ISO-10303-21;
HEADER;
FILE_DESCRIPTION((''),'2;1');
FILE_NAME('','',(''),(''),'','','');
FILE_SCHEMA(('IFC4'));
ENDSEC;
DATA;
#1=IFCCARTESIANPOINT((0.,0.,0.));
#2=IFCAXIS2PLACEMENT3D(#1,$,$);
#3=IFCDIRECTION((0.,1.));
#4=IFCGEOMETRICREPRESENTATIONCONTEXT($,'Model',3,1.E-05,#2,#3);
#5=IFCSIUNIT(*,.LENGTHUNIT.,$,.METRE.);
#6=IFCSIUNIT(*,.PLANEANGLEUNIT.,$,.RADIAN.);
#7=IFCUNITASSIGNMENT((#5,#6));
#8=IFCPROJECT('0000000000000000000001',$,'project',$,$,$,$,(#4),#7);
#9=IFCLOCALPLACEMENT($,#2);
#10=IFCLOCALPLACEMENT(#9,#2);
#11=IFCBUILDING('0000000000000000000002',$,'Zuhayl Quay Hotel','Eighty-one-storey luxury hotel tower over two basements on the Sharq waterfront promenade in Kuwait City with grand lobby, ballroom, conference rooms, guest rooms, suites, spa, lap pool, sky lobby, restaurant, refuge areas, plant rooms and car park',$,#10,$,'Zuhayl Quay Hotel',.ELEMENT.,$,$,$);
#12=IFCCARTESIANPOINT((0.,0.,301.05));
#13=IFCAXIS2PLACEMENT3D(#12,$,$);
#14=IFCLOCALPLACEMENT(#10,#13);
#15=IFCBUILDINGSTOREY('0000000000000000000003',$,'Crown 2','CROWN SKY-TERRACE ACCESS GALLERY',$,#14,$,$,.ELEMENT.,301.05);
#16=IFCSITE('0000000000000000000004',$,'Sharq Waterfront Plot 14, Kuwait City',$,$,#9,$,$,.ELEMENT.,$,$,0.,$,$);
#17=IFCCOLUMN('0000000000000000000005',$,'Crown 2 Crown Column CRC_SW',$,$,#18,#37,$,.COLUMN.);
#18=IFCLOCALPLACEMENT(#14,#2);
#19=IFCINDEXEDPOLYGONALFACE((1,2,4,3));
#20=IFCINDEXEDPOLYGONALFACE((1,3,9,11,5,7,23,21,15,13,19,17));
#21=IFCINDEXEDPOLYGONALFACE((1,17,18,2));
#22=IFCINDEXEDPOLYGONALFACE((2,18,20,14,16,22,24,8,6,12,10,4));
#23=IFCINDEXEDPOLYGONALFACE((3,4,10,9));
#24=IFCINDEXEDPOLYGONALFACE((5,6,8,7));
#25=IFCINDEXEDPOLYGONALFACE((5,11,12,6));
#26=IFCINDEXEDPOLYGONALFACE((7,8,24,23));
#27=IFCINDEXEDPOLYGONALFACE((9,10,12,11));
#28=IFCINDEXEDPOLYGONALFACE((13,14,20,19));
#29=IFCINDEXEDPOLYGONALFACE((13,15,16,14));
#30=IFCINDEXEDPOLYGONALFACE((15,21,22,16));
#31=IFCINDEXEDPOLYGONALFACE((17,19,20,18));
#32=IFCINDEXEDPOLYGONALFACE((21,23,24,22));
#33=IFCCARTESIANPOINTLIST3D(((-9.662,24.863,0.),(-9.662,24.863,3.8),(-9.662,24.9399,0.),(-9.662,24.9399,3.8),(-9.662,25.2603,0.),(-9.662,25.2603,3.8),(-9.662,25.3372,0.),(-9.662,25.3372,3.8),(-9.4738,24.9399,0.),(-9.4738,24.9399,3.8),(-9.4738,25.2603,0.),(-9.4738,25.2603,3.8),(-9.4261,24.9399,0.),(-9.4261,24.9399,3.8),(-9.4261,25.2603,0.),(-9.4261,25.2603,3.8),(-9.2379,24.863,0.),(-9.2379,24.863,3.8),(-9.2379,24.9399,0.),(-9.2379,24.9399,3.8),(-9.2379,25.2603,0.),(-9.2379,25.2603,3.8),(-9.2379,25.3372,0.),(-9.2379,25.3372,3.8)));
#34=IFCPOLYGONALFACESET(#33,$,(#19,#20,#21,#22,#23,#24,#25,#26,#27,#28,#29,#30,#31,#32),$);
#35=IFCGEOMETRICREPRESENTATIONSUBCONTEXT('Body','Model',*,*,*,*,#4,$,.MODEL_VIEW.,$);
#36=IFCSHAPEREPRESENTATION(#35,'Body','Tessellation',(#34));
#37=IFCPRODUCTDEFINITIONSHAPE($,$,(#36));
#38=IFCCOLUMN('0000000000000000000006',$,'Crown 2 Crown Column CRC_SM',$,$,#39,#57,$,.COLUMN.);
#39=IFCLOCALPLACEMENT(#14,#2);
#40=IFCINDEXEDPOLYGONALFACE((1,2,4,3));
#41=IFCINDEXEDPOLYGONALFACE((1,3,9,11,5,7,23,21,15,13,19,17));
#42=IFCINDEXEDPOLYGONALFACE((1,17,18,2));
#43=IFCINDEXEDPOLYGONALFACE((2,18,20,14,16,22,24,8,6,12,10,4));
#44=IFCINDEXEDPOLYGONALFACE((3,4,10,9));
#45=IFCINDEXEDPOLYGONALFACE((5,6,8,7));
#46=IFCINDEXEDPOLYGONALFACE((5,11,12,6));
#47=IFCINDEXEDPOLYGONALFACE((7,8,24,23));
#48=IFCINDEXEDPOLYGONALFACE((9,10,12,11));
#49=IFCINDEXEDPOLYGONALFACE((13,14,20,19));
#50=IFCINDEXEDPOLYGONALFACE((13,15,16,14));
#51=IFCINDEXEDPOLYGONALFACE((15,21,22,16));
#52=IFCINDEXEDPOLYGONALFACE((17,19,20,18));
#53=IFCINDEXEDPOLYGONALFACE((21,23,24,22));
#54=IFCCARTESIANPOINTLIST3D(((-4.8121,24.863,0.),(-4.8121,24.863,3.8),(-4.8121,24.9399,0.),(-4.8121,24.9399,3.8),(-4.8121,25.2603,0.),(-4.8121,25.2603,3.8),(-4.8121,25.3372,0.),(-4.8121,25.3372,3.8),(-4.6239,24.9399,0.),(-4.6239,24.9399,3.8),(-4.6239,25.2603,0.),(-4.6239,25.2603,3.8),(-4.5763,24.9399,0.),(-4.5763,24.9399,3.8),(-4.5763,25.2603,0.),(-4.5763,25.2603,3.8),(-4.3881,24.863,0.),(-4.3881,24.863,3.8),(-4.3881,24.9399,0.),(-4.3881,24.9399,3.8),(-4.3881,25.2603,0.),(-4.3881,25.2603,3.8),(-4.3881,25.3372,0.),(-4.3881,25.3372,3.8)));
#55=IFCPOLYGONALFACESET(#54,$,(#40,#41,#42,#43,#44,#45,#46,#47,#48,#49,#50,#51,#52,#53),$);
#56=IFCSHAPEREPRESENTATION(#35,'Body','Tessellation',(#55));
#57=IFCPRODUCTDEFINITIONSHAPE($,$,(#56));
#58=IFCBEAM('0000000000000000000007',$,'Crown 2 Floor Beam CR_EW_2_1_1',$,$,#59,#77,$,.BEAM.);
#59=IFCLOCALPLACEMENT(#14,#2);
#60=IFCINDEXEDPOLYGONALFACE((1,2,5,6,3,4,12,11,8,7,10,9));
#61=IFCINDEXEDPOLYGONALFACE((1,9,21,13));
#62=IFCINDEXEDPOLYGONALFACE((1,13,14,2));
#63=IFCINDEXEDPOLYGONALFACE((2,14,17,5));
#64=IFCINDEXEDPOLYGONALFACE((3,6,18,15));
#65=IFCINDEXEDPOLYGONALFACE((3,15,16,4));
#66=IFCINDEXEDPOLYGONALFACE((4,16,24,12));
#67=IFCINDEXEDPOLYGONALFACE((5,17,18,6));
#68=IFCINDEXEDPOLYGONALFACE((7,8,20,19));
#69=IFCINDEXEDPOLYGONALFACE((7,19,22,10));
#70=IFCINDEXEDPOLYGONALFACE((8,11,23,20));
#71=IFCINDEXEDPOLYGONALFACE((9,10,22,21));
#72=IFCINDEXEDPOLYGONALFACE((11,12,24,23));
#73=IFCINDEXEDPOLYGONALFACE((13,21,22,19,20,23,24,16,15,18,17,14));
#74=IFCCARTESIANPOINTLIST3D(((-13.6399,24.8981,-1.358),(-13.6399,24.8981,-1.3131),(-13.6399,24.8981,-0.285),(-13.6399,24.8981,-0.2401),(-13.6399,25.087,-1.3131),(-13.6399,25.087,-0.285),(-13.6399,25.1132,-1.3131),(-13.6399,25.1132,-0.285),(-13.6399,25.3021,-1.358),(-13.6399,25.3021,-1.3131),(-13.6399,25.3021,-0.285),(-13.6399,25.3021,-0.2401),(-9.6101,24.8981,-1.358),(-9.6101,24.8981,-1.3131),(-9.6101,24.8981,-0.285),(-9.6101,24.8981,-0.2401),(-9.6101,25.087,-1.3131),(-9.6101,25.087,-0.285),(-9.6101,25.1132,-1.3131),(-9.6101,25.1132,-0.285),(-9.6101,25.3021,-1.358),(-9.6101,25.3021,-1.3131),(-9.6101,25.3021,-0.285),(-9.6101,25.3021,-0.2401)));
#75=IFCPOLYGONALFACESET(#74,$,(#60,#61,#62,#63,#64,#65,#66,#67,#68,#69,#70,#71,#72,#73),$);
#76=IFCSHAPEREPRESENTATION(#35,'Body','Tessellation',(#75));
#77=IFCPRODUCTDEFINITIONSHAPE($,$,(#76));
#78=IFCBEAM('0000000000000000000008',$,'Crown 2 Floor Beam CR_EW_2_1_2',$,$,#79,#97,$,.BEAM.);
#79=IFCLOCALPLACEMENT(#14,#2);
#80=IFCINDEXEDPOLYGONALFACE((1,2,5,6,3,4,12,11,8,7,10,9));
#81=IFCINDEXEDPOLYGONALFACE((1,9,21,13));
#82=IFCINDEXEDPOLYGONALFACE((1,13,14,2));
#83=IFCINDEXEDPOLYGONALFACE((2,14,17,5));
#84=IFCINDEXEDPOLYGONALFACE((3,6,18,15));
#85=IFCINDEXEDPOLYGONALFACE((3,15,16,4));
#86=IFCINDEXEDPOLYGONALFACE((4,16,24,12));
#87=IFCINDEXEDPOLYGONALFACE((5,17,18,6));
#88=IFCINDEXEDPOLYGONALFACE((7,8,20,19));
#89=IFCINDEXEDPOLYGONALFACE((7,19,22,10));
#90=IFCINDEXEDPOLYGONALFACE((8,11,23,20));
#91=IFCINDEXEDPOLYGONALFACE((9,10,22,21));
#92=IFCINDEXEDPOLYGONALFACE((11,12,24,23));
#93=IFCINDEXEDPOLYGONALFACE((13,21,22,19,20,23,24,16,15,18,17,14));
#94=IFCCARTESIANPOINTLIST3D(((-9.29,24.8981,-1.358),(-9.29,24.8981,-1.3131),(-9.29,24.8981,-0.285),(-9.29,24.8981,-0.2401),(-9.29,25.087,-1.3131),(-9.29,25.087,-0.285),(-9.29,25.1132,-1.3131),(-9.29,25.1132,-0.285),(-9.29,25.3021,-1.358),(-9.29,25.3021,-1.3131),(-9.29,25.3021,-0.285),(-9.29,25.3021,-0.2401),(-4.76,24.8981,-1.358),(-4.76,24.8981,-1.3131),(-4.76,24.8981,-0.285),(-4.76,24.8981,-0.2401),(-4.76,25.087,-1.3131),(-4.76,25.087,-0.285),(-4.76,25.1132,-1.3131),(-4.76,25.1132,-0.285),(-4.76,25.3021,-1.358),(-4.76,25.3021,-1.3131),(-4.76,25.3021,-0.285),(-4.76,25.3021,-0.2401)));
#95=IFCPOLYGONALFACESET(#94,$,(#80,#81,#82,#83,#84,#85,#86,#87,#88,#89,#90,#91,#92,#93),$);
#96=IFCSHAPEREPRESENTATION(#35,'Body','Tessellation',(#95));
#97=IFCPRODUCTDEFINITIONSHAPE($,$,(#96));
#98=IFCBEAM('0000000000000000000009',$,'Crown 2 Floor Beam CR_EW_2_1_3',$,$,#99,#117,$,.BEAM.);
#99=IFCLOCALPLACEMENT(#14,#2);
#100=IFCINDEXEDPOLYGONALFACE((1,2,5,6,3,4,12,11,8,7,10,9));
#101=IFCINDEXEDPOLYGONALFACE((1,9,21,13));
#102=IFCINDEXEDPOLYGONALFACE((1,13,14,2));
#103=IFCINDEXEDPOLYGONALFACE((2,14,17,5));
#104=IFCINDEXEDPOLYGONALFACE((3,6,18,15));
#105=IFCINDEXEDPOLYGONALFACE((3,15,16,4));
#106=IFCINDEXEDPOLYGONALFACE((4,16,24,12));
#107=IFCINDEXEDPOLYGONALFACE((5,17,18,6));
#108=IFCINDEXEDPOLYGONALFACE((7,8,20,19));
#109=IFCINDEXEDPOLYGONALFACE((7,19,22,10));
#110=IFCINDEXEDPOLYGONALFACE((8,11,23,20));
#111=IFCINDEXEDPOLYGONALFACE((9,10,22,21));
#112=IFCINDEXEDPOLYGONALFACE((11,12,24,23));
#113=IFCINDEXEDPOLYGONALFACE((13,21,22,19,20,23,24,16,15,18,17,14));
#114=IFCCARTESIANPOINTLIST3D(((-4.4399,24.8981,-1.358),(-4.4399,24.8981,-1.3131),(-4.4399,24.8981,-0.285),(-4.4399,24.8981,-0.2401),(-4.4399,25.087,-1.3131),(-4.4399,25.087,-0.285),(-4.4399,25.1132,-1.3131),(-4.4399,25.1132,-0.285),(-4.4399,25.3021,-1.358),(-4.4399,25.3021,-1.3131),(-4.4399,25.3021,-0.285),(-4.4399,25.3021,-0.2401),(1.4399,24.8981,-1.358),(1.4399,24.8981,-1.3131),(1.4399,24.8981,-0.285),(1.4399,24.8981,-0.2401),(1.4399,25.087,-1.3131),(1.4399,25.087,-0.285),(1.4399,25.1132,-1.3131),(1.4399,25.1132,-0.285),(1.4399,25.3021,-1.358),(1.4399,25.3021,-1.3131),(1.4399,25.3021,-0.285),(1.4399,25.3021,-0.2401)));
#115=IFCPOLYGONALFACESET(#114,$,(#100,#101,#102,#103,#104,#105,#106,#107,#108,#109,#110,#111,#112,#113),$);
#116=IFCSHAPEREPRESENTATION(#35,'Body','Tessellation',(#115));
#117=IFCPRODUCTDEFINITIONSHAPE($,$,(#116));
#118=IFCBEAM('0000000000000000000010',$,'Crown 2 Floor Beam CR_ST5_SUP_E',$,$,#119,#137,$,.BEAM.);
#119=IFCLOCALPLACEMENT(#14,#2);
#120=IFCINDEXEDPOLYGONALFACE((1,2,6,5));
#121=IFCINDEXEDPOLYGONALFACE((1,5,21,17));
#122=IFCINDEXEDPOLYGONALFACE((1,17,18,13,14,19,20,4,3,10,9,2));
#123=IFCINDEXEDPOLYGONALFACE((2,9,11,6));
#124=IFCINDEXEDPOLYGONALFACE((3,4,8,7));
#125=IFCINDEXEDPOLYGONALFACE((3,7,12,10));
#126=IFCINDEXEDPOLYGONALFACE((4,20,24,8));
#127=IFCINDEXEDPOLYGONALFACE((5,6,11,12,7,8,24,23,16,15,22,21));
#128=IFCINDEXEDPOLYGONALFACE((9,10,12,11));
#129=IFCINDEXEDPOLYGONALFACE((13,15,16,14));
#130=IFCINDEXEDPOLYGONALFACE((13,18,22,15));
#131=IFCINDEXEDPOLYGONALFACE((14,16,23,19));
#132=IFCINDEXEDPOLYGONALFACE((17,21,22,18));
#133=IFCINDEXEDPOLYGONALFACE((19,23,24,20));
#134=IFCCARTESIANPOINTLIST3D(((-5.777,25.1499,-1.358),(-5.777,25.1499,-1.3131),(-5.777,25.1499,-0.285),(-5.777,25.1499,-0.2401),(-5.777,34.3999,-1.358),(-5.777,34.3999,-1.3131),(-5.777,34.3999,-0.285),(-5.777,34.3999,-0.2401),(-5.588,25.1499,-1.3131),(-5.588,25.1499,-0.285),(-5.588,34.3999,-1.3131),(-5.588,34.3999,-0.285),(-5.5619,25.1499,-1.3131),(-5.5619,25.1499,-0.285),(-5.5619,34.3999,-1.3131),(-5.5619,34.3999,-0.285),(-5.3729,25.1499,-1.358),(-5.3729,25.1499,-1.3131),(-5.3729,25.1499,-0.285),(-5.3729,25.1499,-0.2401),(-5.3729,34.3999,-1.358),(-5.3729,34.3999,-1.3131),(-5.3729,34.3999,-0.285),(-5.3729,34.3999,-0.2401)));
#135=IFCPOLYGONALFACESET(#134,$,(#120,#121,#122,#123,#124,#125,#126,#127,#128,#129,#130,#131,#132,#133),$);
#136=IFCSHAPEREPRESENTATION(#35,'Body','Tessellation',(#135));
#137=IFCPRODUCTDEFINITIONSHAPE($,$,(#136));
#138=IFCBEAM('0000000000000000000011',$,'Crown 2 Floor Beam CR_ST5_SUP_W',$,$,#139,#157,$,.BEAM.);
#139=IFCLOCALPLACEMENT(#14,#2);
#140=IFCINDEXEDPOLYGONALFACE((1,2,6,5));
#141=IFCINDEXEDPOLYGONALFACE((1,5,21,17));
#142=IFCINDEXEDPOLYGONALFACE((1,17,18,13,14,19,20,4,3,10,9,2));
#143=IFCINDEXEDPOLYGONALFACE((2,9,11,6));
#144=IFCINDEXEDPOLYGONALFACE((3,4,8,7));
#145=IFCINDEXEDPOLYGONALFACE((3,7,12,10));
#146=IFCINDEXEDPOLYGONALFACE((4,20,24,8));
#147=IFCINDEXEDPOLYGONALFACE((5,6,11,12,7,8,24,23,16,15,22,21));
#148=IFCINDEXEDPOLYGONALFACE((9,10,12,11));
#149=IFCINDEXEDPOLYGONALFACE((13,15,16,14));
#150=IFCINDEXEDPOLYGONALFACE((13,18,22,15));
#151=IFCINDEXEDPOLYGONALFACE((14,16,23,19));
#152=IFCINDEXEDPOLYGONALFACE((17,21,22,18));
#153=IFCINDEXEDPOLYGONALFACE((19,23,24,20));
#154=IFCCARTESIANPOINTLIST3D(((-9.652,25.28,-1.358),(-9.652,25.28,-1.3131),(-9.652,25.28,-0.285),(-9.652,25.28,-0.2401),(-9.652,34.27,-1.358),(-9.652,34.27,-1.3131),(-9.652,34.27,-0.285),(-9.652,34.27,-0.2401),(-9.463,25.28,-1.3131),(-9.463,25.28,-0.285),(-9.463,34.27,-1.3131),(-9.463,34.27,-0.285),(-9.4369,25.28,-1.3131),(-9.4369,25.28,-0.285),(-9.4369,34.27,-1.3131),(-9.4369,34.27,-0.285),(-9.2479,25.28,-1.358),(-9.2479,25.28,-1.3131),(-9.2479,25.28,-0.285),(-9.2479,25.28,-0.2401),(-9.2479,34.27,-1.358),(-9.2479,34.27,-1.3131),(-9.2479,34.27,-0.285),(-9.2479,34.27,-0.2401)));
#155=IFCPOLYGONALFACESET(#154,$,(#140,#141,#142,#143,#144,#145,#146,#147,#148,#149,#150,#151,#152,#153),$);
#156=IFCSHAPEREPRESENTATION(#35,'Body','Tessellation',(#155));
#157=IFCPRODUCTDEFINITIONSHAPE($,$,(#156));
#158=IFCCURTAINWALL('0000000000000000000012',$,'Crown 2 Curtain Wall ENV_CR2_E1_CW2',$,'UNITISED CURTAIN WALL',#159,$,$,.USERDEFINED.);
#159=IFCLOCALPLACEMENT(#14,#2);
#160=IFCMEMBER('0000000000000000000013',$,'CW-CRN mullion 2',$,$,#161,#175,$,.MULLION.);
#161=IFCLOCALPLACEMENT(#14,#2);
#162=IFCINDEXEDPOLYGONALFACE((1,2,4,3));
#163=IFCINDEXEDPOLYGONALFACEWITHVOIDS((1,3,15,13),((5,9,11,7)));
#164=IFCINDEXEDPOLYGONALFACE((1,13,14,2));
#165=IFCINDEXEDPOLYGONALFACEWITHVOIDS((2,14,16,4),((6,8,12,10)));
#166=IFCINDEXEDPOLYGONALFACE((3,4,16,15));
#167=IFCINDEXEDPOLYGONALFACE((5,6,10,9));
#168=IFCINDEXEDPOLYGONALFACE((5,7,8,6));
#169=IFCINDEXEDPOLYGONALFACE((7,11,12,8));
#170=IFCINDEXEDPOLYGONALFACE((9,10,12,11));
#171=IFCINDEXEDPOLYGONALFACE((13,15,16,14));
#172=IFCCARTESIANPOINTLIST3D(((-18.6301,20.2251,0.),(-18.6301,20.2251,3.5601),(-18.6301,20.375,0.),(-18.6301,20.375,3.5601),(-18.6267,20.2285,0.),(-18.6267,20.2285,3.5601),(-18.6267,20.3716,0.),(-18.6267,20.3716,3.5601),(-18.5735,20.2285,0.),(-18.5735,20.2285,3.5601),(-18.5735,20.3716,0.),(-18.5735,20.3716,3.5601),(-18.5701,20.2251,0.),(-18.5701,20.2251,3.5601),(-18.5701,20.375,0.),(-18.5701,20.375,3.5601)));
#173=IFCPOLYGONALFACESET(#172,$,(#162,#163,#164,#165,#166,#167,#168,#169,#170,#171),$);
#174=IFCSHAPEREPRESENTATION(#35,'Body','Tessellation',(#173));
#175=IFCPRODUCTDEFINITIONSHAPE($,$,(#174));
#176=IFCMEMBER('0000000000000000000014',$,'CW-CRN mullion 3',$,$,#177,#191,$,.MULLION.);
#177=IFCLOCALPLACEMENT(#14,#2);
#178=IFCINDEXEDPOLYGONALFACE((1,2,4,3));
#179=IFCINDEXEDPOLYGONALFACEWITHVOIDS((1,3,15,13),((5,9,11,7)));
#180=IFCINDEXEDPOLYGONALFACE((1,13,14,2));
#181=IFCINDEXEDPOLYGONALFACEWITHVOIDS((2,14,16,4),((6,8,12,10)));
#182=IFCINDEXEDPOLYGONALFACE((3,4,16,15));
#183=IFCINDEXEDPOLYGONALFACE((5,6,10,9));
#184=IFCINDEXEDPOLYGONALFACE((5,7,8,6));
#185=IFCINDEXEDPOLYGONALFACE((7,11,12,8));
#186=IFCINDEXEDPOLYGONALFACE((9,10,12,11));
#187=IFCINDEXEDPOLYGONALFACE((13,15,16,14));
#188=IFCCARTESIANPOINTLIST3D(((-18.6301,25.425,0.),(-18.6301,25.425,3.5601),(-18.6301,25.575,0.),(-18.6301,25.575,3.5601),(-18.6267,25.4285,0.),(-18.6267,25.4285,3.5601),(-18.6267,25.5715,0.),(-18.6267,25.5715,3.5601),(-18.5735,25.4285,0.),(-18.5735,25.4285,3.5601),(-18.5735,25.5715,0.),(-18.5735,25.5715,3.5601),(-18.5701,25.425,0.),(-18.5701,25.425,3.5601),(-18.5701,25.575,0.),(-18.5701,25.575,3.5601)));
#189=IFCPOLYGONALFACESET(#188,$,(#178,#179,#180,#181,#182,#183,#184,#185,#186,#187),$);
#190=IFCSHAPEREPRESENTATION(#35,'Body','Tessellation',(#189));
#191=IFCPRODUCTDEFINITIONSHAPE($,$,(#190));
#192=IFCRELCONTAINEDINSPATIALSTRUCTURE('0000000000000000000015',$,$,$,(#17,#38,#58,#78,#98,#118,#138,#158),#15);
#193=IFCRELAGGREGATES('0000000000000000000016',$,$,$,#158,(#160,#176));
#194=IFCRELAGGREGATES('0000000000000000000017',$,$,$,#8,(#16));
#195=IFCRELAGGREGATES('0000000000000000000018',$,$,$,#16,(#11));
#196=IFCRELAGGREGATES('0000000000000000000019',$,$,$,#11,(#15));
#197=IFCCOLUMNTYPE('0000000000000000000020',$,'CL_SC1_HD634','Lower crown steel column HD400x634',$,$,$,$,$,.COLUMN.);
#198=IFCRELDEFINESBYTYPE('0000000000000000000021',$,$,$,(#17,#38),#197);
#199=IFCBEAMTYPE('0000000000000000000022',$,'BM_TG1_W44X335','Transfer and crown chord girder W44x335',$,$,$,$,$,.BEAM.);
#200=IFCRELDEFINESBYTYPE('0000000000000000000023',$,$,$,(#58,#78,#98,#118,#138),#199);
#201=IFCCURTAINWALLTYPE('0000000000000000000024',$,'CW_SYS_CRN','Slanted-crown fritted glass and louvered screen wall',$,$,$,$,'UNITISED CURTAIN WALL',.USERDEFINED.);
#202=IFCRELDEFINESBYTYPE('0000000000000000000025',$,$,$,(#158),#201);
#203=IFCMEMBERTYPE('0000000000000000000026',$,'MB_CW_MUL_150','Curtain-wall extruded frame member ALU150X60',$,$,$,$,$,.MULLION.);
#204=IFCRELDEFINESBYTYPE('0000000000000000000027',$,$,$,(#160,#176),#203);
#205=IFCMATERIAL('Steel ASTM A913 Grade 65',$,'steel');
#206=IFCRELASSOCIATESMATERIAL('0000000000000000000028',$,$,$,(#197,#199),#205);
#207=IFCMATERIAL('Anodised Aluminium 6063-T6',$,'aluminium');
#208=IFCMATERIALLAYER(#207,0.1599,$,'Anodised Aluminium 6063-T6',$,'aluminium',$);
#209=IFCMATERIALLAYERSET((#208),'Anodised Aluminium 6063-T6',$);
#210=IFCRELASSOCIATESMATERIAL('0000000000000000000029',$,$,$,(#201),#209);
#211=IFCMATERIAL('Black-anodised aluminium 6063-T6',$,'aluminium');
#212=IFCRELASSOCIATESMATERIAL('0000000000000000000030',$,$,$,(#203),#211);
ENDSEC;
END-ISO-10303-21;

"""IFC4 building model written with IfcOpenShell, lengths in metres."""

from ifc_helpers import new_model, si_unit, direction, frame, origin, origin_2d, place, context, subcontext, project, spatial, hollow_rectangle, i_section, extrude, material, layer, layer_set, material_profile, profile_set, type_object, element, aggregate, save


model = new_model("IFC4")

# Units and contexts
model_context = context("Model", 3, precision=1e-05, world=origin(), true_north=direction((0.0, 1.0)))
body_context = subcontext(model_context, "Body", "Model", "MODEL_VIEW")
ifc_project = project(units=[si_unit("LENGTHUNIT", "METRE"), si_unit("PLANEANGLEUNIT", "RADIAN")], contexts=[model_context])

# Site, building, storey
site_placement = place(None, origin())
site = spatial("IfcSite", under=ifc_project, at=site_placement, Name="Sharq Waterfront Plot 14, Kuwait City", CompositionType="ELEMENT", RefElevation=0.0)
building_placement = place(site_placement, origin())
building = spatial("IfcBuilding", under=site, at=building_placement, Name="Zuhayl Quay Hotel", Description="Eighty-one-storey luxury hotel tower over two basements on the Sharq waterfront promenade in Kuwait City with grand lobby, ballroom, conference rooms, guest rooms, suites, spa, lap pool, sky lobby, restaurant, refuge areas, plant rooms and car park", LongName="Zuhayl Quay Hotel", CompositionType="ELEMENT")
storey_placement = place(building_placement, frame((0.0, 0.0, 301.05)))
storey = spatial("IfcBuildingStorey", under=building, at=storey_placement, Name="Crown 2", Description="CROWN SKY-TERRACE ACCESS GALLERY", CompositionType="ELEMENT", Elevation=301.05)

# Columns
ifc_material_1 = material(Name="Steel ASTM A913 Grade 65", Category="steel")
ifc_material_profile_1 = material_profile(ifc_material_1, i_section(OverallWidth=0.4241, OverallDepth=0.4741, WebThickness=0.0476, FlangeThickness=0.0769, at=origin_2d()), Name="HD400X634")
ifc_profile_set_1 = profile_set([ifc_material_profile_1], Name="Steel ASTM A913 Grade 65")
column_type = type_object("IfcColumnType", Name="CL_SC1_HD634", Description="Lower crown steel column HD400x634", PredefinedType="COLUMN", material=ifc_profile_set_1)
for number, where, z_axis, x_axis, name in (
    (1, (-9.45, 25.1001, 0.0), (0.0, 0.0, 1.0), (1.0, 0.0, 0.0), "Crown 2 Crown Column CRC_SW"),
    (2, (-4.6001, 25.1001, 0.0), (0.0, 0.0, 1.0), (1.0, 0.0, 0.0), "Crown 2 Crown Column CRC_SM"),
):
    element("IfcColumn", number, at=place(storey_placement, frame(where, z_axis=z_axis, x_axis=x_axis)), inside=storey, type_object=column_type, Name=name, PredefinedType="COLUMN", context=body_context, shape_type="SweptSolid", body=[
        extrude(i_section(OverallWidth=0.4241, OverallDepth=0.4741, WebThickness=0.0476, FlangeThickness=0.0769, at=origin_2d()), origin(), (0.0, 0.0, 1.0), 3.8),
    ])

# Beams
ifc_material_profile_2 = material_profile(ifc_material_1, i_section(OverallWidth=0.4041, OverallDepth=1.1179, WebThickness=0.0261, FlangeThickness=0.0449, at=origin_2d()), Name="W44X335")
ifc_profile_set_2 = profile_set([ifc_material_profile_2], Name="Steel ASTM A913 Grade 65")
beam_type = type_object("IfcBeamType", Name="BM_TG1_W44X335", Description="Transfer and crown chord girder W44x335", PredefinedType="BEAM", material=ifc_profile_set_2)
beam_1_placement = place(storey_placement, frame((-13.6399, 25.1001, -0.7991), z_axis=(1.0, 0.0, 0.0), x_axis=(0.0, 1.0, 0.0)))
element("IfcBeam", 3, at=beam_1_placement, inside=storey, type_object=beam_type, Name="Crown 2 Floor Beam CR_EW_2_1_1", PredefinedType="BEAM", context=body_context, shape_type="SweptSolid", body=[
    extrude(i_section(OverallWidth=0.4041, OverallDepth=1.1179, WebThickness=0.0261, FlangeThickness=0.0449, at=origin_2d()), origin(), (0.0, 0.0, 1.0), 4.0298),
])
beam_2_placement = place(storey_placement, frame((-9.29, 25.1001, -0.7991), z_axis=(1.0, 0.0, 0.0), x_axis=(0.0, 1.0, 0.0)))
element("IfcBeam", 4, at=beam_2_placement, inside=storey, type_object=beam_type, Name="Crown 2 Floor Beam CR_EW_2_1_2", PredefinedType="BEAM", context=body_context, shape_type="SweptSolid", body=[
    extrude(i_section(OverallWidth=0.4041, OverallDepth=1.1179, WebThickness=0.0261, FlangeThickness=0.0449, at=origin_2d()), origin(), (0.0, 0.0, 1.0), 4.53),
])
beam_3_placement = place(storey_placement, frame((-4.4399, 25.1001, -0.7991), z_axis=(1.0, 0.0, 0.0), x_axis=(0.0, 1.0, 0.0)))
element("IfcBeam", 5, at=beam_3_placement, inside=storey, type_object=beam_type, Name="Crown 2 Floor Beam CR_EW_2_1_3", PredefinedType="BEAM", context=body_context, shape_type="SweptSolid", body=[
    extrude(i_section(OverallWidth=0.4041, OverallDepth=1.1179, WebThickness=0.0261, FlangeThickness=0.0449, at=origin_2d()), origin(), (0.0, 0.0, 1.0), 5.8799),
])
beam_4_placement = place(storey_placement, frame((-5.575, 25.1499, -0.7991), z_axis=(0.0, 1.0, 0.0), x_axis=(-1.0, 0.0, 0.0)))
element("IfcBeam", 6, at=beam_4_placement, inside=storey, type_object=beam_type, Name="Crown 2 Floor Beam CR_ST5_SUP_E", PredefinedType="BEAM", context=body_context, shape_type="SweptSolid", body=[
    extrude(i_section(OverallWidth=0.4041, OverallDepth=1.1179, WebThickness=0.0261, FlangeThickness=0.0449, at=origin_2d()), origin(), (0.0, 0.0, 1.0), 9.25),
])
beam_5_placement = place(storey_placement, frame((-9.45, 25.28, -0.7991), z_axis=(0.0, 1.0, 0.0), x_axis=(-1.0, 0.0, 0.0)))
element("IfcBeam", 7, at=beam_5_placement, inside=storey, type_object=beam_type, Name="Crown 2 Floor Beam CR_ST5_SUP_W", PredefinedType="BEAM", context=body_context, shape_type="SweptSolid", body=[
    extrude(i_section(OverallWidth=0.4041, OverallDepth=1.1179, WebThickness=0.0261, FlangeThickness=0.0449, at=origin_2d()), origin(), (0.0, 0.0, 1.0), 8.99),
])

# Curtain wall, members
ifc_material_2 = material(Name="Anodised Aluminium 6063-T6", Category="aluminium")
ifc_layer_1 = layer(ifc_material_2, 0.1599, Name="Anodised Aluminium 6063-T6", Category="aluminium")
ifc_layer_set_1 = layer_set([ifc_layer_1], Name="Anodised Aluminium 6063-T6")
curtain_wall_type = type_object("IfcCurtainWallType", Name="CW_SYS_CRN", Description="Slanted-crown fritted glass and louvered screen wall", ElementType="UNITISED CURTAIN WALL", PredefinedType="USERDEFINED", material=ifc_layer_set_1)
curtain_wall_placement = place(storey_placement, origin())
curtain_wall = element("IfcCurtainWall", 8, at=curtain_wall_placement, inside=storey, type_object=curtain_wall_type, Name="Crown 2 Curtain Wall ENV_CR2_E1_CW2", ObjectType="UNITISED CURTAIN WALL", PredefinedType="USERDEFINED")
ifc_material_3 = material(Name="Black-anodised aluminium 6063-T6", Category="aluminium")
ifc_material_profile_3 = material_profile(ifc_material_3, hollow_rectangle(XDim=0.0601, YDim=0.1499, WallThickness=0.0034, at=origin_2d()), Name="ALU150X60")
ifc_profile_set_3 = profile_set([ifc_material_profile_3], Name="Black-anodised aluminium 6063-T6")
member_type_1 = type_object("IfcMemberType", Name="MB_CW_MUL_150", Description="Curtain-wall extruded frame member ALU150X60", PredefinedType="MULLION", material=ifc_profile_set_3)
member_1_placement = place(storey_placement, frame((-18.6001, 20.3, 0.0), z_axis=(0.0, 0.0, 1.0), x_axis=(-1.0, 0.0, 0.0)))
member_1 = element("IfcMember", 9, at=member_1_placement, type_object=member_type_1, Name="CW-CRN mullion 2", PredefinedType="MULLION", context=body_context, shape_type="SweptSolid", body=[
    extrude(hollow_rectangle(XDim=0.0601, YDim=0.1499, WallThickness=0.0034, at=origin_2d()), origin(), (0.0, 0.0, 1.0), 3.5601),
])
member_2_placement = place(storey_placement, frame((-18.6001, 25.5, 0.0), z_axis=(0.0, 0.0, 1.0), x_axis=(-1.0, 0.0, 0.0)))
member_2 = element("IfcMember", 10, at=member_2_placement, type_object=member_type_1, Name="CW-CRN mullion 3", PredefinedType="MULLION", context=body_context, shape_type="SweptSolid", body=[
    extrude(hollow_rectangle(XDim=0.0601, YDim=0.1499, WallThickness=0.0034, at=origin_2d()), origin(), (0.0, 0.0, 1.0), 3.5601),
])
aggregate(curtain_wall, [member_1, member_2])

save(model, "model.ifc")
